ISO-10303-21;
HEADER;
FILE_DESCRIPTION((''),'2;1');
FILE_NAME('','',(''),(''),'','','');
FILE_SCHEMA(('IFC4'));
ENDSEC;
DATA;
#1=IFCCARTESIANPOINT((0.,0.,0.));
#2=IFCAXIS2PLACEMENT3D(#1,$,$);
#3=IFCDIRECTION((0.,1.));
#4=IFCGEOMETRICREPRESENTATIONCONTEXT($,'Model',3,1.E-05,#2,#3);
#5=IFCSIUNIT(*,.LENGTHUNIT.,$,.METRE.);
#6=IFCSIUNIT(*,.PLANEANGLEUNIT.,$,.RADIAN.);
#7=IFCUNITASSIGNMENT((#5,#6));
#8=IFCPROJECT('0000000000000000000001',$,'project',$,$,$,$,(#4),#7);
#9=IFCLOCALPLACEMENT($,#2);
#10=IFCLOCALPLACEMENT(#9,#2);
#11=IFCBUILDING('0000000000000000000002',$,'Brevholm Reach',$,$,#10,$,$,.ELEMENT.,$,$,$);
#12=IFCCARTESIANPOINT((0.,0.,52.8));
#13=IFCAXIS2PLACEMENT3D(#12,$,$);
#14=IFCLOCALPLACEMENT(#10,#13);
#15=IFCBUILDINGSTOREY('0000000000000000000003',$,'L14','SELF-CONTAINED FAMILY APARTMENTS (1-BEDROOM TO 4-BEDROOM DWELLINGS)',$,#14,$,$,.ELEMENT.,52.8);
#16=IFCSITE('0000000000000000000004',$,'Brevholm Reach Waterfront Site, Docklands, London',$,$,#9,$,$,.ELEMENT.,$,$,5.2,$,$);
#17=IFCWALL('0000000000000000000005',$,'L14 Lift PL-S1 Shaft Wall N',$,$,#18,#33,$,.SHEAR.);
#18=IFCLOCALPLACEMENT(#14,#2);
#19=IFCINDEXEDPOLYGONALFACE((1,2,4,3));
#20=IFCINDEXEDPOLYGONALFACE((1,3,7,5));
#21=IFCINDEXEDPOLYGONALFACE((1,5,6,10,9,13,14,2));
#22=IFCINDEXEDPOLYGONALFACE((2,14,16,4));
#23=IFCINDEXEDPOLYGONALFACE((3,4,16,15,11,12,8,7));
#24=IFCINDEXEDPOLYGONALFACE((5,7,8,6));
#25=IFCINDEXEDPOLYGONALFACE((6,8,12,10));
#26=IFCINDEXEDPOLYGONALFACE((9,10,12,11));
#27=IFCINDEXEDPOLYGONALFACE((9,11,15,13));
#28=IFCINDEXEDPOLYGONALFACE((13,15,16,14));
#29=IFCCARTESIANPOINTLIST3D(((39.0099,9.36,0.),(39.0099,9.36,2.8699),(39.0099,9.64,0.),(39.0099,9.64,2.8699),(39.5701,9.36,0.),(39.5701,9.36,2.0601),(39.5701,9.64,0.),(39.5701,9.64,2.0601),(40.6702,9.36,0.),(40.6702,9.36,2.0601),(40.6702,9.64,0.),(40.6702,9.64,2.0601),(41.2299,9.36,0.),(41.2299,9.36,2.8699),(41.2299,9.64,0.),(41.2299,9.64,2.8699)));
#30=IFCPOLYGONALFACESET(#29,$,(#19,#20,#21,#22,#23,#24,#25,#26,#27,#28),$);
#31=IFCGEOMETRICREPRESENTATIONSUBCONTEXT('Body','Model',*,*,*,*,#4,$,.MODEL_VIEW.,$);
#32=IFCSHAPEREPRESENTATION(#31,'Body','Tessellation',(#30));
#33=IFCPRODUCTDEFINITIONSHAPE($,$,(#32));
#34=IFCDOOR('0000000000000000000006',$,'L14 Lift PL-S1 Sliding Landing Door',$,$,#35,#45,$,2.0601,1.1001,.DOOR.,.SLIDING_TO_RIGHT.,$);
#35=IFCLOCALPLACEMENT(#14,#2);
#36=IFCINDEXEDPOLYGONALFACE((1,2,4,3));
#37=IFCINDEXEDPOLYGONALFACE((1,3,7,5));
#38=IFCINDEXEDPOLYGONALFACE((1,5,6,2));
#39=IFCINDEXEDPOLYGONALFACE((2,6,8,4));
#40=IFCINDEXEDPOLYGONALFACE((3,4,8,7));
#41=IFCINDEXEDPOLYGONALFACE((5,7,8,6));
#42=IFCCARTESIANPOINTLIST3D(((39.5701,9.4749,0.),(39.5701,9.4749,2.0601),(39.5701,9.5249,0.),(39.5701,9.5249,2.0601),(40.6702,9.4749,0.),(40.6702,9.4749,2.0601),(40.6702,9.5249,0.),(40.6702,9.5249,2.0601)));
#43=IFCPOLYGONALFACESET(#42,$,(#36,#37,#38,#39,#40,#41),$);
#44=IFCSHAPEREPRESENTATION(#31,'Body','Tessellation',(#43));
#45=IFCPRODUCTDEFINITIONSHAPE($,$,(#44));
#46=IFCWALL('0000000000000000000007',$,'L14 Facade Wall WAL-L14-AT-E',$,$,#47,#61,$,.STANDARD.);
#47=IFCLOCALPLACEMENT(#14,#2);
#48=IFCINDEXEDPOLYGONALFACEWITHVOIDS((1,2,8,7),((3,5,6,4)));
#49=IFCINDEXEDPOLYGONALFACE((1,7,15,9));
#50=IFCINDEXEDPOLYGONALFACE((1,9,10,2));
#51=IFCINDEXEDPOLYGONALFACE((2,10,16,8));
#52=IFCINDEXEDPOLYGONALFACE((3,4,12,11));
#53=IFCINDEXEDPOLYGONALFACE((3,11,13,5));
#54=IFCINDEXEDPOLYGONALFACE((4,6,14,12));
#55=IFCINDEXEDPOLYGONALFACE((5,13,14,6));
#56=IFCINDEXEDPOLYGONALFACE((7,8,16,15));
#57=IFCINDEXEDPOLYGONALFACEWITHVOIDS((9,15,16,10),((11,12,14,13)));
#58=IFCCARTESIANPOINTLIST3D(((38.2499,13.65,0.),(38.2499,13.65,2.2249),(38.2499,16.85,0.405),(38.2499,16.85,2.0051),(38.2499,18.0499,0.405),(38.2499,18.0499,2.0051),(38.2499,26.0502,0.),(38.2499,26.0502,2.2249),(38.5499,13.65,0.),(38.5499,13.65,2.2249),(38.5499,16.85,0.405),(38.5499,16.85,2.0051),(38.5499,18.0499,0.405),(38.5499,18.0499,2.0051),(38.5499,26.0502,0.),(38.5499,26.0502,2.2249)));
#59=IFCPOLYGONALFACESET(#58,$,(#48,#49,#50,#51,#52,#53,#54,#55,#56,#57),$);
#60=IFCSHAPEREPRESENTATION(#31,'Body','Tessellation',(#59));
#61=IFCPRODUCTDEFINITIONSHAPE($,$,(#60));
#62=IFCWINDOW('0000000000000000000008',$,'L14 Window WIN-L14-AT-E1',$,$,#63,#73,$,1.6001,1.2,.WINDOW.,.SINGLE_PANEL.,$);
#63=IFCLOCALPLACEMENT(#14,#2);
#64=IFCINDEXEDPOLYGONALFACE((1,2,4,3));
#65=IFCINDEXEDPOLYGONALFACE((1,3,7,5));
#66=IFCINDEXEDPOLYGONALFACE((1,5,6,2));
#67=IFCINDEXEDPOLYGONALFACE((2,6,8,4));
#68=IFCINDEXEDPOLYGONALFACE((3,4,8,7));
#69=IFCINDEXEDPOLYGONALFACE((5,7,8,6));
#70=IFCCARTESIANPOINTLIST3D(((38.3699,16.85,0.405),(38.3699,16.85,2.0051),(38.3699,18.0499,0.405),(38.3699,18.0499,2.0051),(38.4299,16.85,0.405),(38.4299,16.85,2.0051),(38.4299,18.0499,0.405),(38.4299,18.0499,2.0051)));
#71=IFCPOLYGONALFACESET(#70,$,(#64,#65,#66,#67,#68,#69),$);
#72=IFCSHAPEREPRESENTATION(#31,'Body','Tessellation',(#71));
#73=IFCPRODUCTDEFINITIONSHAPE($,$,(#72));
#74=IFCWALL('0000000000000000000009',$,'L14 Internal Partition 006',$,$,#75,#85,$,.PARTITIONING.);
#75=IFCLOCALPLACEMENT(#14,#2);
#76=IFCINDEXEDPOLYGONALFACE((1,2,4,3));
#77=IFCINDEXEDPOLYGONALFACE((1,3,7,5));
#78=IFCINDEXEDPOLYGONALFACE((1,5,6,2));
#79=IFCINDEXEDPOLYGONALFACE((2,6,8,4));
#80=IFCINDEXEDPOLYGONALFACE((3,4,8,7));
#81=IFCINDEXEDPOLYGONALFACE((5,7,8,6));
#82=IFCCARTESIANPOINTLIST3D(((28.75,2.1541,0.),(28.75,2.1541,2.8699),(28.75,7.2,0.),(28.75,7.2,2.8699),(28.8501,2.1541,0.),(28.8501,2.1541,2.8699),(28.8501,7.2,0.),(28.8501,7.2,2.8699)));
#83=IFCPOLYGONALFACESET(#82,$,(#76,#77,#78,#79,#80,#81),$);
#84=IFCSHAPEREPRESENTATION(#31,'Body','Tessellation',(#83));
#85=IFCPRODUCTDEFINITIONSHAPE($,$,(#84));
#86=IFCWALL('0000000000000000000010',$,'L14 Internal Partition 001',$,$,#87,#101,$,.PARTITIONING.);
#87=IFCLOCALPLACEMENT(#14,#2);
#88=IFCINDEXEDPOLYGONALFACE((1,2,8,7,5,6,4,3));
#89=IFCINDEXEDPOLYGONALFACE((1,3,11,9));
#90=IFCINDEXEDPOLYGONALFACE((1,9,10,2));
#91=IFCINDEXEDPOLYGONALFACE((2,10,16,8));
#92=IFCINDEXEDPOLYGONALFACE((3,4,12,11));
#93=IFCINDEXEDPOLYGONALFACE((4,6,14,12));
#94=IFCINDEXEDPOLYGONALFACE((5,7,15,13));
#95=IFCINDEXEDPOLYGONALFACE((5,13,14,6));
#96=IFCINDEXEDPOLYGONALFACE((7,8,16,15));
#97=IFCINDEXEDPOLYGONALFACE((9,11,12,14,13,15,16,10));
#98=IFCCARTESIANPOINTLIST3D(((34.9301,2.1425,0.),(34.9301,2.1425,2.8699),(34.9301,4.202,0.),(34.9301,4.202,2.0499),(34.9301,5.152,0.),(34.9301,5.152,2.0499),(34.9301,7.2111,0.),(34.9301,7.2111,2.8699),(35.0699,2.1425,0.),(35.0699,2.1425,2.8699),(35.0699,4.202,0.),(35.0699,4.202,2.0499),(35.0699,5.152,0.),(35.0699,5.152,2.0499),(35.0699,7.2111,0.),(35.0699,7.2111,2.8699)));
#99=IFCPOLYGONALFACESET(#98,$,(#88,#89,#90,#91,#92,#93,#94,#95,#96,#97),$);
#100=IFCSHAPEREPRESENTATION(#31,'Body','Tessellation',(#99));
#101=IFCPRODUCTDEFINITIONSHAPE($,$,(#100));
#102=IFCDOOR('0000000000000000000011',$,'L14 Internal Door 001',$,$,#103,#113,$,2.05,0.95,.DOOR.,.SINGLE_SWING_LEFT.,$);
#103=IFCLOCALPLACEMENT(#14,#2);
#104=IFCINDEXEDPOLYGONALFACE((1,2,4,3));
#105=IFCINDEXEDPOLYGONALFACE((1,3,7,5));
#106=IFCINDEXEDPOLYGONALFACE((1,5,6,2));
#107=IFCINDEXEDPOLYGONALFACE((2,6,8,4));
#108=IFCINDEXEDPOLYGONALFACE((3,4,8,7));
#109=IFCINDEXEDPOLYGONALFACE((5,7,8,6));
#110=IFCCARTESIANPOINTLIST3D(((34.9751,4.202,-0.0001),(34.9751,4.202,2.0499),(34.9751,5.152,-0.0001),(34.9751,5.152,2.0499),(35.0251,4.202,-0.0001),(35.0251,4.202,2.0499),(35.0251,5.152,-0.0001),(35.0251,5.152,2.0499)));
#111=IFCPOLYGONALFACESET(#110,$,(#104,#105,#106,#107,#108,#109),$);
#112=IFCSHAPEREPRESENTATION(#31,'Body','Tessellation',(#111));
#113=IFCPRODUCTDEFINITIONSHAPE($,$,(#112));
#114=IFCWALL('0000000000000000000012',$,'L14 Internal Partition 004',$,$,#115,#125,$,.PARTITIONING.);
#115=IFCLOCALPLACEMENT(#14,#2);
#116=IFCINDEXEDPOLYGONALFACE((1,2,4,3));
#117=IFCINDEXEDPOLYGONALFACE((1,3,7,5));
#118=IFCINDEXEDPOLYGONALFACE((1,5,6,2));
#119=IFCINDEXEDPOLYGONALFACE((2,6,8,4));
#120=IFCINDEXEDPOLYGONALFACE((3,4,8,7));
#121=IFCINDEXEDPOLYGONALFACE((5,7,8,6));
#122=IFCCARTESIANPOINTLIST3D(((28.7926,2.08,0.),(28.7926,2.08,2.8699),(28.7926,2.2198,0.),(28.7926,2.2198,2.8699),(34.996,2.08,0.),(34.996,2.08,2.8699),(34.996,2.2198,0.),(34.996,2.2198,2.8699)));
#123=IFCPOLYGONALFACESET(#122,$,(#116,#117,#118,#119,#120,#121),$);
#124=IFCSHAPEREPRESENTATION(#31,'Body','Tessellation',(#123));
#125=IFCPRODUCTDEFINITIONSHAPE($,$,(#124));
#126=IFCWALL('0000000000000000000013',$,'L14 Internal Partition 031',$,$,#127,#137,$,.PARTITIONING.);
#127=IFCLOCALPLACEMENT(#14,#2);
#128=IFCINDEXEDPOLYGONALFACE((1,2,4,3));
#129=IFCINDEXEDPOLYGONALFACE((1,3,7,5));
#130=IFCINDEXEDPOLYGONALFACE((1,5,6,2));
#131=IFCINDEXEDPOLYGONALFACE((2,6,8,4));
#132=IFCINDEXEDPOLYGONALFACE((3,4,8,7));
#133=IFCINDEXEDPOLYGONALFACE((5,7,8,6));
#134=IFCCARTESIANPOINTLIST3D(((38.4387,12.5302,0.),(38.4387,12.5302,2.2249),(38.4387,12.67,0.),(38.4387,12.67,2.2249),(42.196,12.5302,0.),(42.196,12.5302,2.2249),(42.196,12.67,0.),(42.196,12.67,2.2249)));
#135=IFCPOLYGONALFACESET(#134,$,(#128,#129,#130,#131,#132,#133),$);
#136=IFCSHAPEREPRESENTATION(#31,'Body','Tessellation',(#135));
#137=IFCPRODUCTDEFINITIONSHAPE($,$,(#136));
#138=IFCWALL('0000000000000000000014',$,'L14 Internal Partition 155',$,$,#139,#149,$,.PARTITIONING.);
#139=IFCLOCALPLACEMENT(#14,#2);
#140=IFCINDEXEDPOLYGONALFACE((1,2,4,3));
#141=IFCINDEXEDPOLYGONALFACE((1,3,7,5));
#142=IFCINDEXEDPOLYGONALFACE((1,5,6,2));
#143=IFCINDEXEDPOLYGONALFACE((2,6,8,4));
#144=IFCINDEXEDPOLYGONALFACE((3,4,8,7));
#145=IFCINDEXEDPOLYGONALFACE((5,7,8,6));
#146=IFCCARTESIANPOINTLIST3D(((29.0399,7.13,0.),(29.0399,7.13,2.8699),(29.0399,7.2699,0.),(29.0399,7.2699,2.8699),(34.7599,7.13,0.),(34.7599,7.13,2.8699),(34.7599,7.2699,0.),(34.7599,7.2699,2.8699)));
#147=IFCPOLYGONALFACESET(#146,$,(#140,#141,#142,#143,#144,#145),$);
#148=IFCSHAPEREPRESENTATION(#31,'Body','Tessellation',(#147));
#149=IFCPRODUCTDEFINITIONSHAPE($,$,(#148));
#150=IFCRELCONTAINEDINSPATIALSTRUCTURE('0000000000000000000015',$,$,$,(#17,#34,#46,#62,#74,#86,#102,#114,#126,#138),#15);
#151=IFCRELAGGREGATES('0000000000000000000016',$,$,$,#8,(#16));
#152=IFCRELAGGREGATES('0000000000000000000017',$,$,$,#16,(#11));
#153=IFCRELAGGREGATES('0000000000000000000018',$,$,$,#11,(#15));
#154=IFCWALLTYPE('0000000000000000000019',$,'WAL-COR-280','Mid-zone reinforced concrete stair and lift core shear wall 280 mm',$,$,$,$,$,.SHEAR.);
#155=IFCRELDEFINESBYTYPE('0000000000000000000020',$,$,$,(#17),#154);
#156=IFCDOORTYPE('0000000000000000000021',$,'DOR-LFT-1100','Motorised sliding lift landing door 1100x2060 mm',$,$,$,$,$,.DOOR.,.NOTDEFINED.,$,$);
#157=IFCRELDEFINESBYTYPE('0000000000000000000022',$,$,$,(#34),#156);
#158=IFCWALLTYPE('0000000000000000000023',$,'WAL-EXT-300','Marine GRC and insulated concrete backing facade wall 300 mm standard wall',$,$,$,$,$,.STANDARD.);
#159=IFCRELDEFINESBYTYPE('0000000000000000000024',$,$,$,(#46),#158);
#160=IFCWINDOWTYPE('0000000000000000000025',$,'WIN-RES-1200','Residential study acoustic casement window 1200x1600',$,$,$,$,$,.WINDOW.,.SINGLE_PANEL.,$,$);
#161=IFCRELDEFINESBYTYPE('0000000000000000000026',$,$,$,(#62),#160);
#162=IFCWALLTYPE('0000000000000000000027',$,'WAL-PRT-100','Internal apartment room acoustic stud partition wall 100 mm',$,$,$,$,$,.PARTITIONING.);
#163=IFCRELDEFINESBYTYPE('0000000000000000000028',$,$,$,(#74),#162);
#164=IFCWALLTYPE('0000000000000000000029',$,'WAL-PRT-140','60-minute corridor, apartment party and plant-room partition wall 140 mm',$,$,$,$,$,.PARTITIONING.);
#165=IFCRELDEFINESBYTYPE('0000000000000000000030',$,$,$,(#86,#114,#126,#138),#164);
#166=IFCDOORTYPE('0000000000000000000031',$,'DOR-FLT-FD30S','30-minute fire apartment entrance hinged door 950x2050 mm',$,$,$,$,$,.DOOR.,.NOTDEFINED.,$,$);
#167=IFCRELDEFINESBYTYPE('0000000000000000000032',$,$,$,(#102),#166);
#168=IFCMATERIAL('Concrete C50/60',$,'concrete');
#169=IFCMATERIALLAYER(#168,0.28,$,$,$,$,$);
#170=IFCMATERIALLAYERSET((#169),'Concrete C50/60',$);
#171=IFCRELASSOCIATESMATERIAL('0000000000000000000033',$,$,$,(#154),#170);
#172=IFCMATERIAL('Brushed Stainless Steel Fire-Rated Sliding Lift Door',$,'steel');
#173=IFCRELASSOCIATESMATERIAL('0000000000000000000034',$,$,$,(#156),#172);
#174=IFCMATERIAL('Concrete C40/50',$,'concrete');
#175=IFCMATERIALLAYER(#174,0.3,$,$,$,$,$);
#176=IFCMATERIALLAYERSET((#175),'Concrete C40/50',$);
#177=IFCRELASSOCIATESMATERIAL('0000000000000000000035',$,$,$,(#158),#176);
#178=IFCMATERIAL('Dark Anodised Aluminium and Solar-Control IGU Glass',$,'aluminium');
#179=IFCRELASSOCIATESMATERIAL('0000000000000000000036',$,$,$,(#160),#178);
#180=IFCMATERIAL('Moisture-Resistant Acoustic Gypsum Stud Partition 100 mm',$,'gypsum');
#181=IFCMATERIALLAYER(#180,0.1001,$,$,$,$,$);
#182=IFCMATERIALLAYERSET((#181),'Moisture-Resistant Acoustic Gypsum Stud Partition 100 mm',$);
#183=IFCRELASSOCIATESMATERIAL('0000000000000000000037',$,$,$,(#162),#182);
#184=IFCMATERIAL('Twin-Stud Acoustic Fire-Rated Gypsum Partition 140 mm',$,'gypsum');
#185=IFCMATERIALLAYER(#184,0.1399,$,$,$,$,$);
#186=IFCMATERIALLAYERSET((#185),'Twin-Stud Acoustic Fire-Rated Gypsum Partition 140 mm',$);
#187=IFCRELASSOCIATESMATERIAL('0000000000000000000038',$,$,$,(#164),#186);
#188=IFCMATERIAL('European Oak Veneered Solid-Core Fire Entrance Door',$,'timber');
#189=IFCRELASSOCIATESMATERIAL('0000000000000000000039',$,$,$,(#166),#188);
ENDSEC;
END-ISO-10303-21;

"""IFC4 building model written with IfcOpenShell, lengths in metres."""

from ifc_helpers import new_model, si_unit, direction, frame, frame_2d, origin, place, context, subcontext, project, spatial, rectangle, extrude, material, layer, layer_set, type_object, element, fill, save


model = new_model("IFC4")

# Units and contexts
model_context = context("Model", 3, precision=1e-05, world=origin(), true_north=direction((0.0, 1.0)))
body_context = subcontext(model_context, "Body", "Model", "MODEL_VIEW")
ifc_project = project(units=[si_unit("LENGTHUNIT", "METRE"), si_unit("PLANEANGLEUNIT", "RADIAN")], contexts=[model_context])

# Site, building, storey
site_placement = place(None, origin())
site = spatial("IfcSite", under=ifc_project, at=site_placement, Name="Brevholm Reach Waterfront Site, Docklands, London", CompositionType="ELEMENT", RefElevation=5.2)
building_placement = place(site_placement, origin())
building = spatial("IfcBuilding", under=site, at=building_placement, Name="Brevholm Reach", CompositionType="ELEMENT")
storey_placement = place(building_placement, frame((0.0, 0.0, 52.8)))
storey = spatial("IfcBuildingStorey", under=building, at=storey_placement, Name="L14", Description="SELF-CONTAINED FAMILY APARTMENTS (1-BEDROOM TO 4-BEDROOM DWELLINGS)", CompositionType="ELEMENT", Elevation=52.8)

# Shared definitions
ifc_material_1 = material(Name="Concrete C50/60", Category="concrete")
ifc_layer_1 = layer(ifc_material_1, 0.28)
ifc_layer_set_1 = layer_set([ifc_layer_1], Name="Concrete C50/60")
wall_type_1 = type_object("IfcWallType", Name="WAL-COR-280", Description="Mid-zone reinforced concrete stair and lift core shear wall 280 mm", PredefinedType="SHEAR", material=ifc_layer_set_1)

# Wall, opening, door
wall_1_placement = place(storey_placement, frame((39.01, 9.5, 0.0), z_axis=(0.0, 0.0, 1.0), x_axis=(1.0, 0.0, 0.0)))
wall_1 = element("IfcWall", 1, at=wall_1_placement, inside=storey, type_object=wall_type_1, Name="L14 Lift PL-S1 Shaft Wall N", PredefinedType="SHEAR", context=body_context, shape_type="SweptSolid", body=[
    extrude(rectangle(XDim=2.22, YDim=0.28, at=frame_2d((1.1099, 0.0))), origin(), (0.0, 0.0, 1.0), 2.8699),
])
opening_1_placement = place(wall_1_placement, frame((0.5601, 0.0, 0.0)))
opening_1 = element("IfcOpeningElement", 2, at=opening_1_placement, cuts=wall_1, PredefinedType="OPENING", context=body_context, shape_type="SweptSolid", body=[
    extrude(rectangle(XDim=1.1001, YDim=2.0601, at=frame_2d((0.55, 1.03))), frame((0.0, 0.1499, 0.0), z_axis=(0.0, -1.0, 0.0), x_axis=(1.0, 0.0, 0.0)), (0.0, 0.0, 1.0), 0.3),
])
ifc_material_2 = material(Name="Brushed Stainless Steel Fire-Rated Sliding Lift Door", Category="steel")
door_type_1 = type_object("IfcDoorType", Name="DOR-LFT-1100", Description="Motorised sliding lift landing door 1100x2060 mm", OperationType="NOTDEFINED", PredefinedType="DOOR", material=ifc_material_2)
door_1_placement = place(opening_1_placement, origin())
door_1 = element("IfcDoor", 3, at=door_1_placement, inside=storey, type_object=door_type_1, Name="L14 Lift PL-S1 Sliding Landing Door", OperationType="SLIDING_TO_RIGHT", OverallHeight=2.0601, OverallWidth=1.1001, PredefinedType="DOOR", context=body_context, shape_type="SweptSolid", body=[
    extrude(rectangle(XDim=1.1001, YDim=2.0601, at=frame_2d((0.55, 1.03))), frame((0.0, 0.0249, 0.0), z_axis=(0.0, -1.0, 0.0), x_axis=(1.0, 0.0, 0.0)), (0.0, 0.0, 1.0), 0.05),
])
fill(opening_1, door_1)

# Wall, opening, window
ifc_material_3 = material(Name="Concrete C40/50", Category="concrete")
ifc_layer_2 = layer(ifc_material_3, 0.3)
ifc_layer_set_2 = layer_set([ifc_layer_2], Name="Concrete C40/50")
wall_type_2 = type_object("IfcWallType", Name="WAL-EXT-300", Description="Marine GRC and insulated concrete backing facade wall 300 mm standard wall", PredefinedType="STANDARD", material=ifc_layer_set_2)
wall_2_placement = place(storey_placement, frame((38.3999, 13.6499, 0.0), z_axis=(0.0, 0.0, 1.0), x_axis=(0.0, 1.0, 0.0)))
wall_2 = element("IfcWall", 4, at=wall_2_placement, inside=storey, type_object=wall_type_2, Name="L14 Facade Wall WAL-L14-AT-E", PredefinedType="STANDARD", context=body_context, shape_type="SweptSolid", body=[
    extrude(rectangle(XDim=12.4001, YDim=0.3, at=frame_2d((6.2002, 0.0))), origin(), (0.0, 0.0, 1.0), 2.2249),
])
opening_2_placement = place(wall_2_placement, frame((3.2, 0.0, 0.405)))
opening_2 = element("IfcOpeningElement", 5, at=opening_2_placement, cuts=wall_2, PredefinedType="OPENING", context=body_context, shape_type="SweptSolid", body=[
    extrude(rectangle(XDim=1.2, YDim=1.6001, at=frame_2d((0.6001, 0.8))), frame((0.0, 0.1599, 0.0), z_axis=(0.0, -1.0, 0.0), x_axis=(1.0, 0.0, 0.0)), (0.0, 0.0, 1.0), 0.3201),
])
ifc_material_4 = material(Name="Dark Anodised Aluminium and Solar-Control IGU Glass", Category="aluminium")
window_type = type_object("IfcWindowType", Name="WIN-RES-1200", Description="Residential study acoustic casement window 1200x1600", PartitioningType="SINGLE_PANEL", PredefinedType="WINDOW", material=ifc_material_4)
window_placement = place(opening_2_placement, origin())
window = element("IfcWindow", 6, at=window_placement, inside=storey, type_object=window_type, Name="L14 Window WIN-L14-AT-E1", OverallHeight=1.6001, OverallWidth=1.2, PartitioningType="SINGLE_PANEL", PredefinedType="WINDOW", context=body_context, shape_type="SweptSolid", body=[
    extrude(rectangle(XDim=1.2, YDim=1.6001, at=frame_2d((0.6001, 0.8))), frame((0.0, 0.03, 0.0), z_axis=(0.0, -1.0, 0.0), x_axis=(1.0, 0.0, 0.0)), (0.0, 0.0, 1.0), 0.0601),
])
fill(opening_2, window)

# Wall
ifc_material_5 = material(Name="Moisture-Resistant Acoustic Gypsum Stud Partition 100 mm", Category="gypsum")
ifc_layer_3 = layer(ifc_material_5, 0.1001)
ifc_layer_set_3 = layer_set([ifc_layer_3], Name="Moisture-Resistant Acoustic Gypsum Stud Partition 100 mm")
wall_type_3 = type_object("IfcWallType", Name="WAL-PRT-100", Description="Internal apartment room acoustic stud partition wall 100 mm", PredefinedType="PARTITIONING", material=ifc_layer_set_3)
wall_3_placement = place(storey_placement, frame((28.8, 2.1541, 0.0), z_axis=(0.0, 0.0, 1.0), x_axis=(0.0, 1.0, 0.0)))
element("IfcWall", 7, at=wall_3_placement, inside=storey, type_object=wall_type_3, Name="L14 Internal Partition 006", PredefinedType="PARTITIONING", context=body_context, shape_type="SweptSolid", body=[
    extrude(rectangle(XDim=5.0459, YDim=0.1001, at=frame_2d((2.5229, 0.0))), origin(), (0.0, 0.0, 1.0), 2.8699),
])

# Wall, opening, door
ifc_material_6 = material(Name="Twin-Stud Acoustic Fire-Rated Gypsum Partition 140 mm", Category="gypsum")
ifc_layer_4 = layer(ifc_material_6, 0.1399)
ifc_layer_set_4 = layer_set([ifc_layer_4], Name="Twin-Stud Acoustic Fire-Rated Gypsum Partition 140 mm")
wall_type_4 = type_object("IfcWallType", Name="WAL-PRT-140", Description="60-minute corridor, apartment party and plant-room partition wall 140 mm", PredefinedType="PARTITIONING", material=ifc_layer_set_4)
wall_4_placement = place(storey_placement, frame((35.0, 2.1426, 0.0), z_axis=(0.0, 0.0, 1.0), x_axis=(0.0, 1.0, 0.0)))
wall_4 = element("IfcWall", 8, at=wall_4_placement, inside=storey, type_object=wall_type_4, Name="L14 Internal Partition 001", PredefinedType="PARTITIONING", context=body_context, shape_type="SweptSolid", body=[
    extrude(rectangle(XDim=5.0686, YDim=0.1399, at=frame_2d((2.5342, 0.0))), origin(), (0.0, 0.0, 1.0), 2.8699),
])
opening_3_placement = place(wall_4_placement, frame((2.0593, 0.0, 0.0)))
opening_3 = element("IfcOpeningElement", 9, at=opening_3_placement, cuts=wall_4, PredefinedType="OPENING", context=body_context, shape_type="SweptSolid", body=[
    extrude(rectangle(XDim=0.95, YDim=2.05, at=frame_2d((0.4751, 1.0249))), frame((0.0, 0.0798, 0.0), z_axis=(0.0, -1.0, 0.0), x_axis=(1.0, 0.0, 0.0)), (0.0, 0.0, 1.0), 0.1599),
])
ifc_material_7 = material(Name="European Oak Veneered Solid-Core Fire Entrance Door", Category="timber")
door_type_2 = type_object("IfcDoorType", Name="DOR-FLT-FD30S", Description="30-minute fire apartment entrance hinged door 950x2050 mm", OperationType="NOTDEFINED", PredefinedType="DOOR", material=ifc_material_7)
door_2_placement = place(opening_3_placement, origin())
door_2 = element("IfcDoor", 10, at=door_2_placement, inside=storey, type_object=door_type_2, Name="L14 Internal Door 001", OperationType="SINGLE_SWING_LEFT", OverallHeight=2.05, OverallWidth=0.95, PredefinedType="DOOR", context=body_context, shape_type="SweptSolid", body=[
    extrude(rectangle(XDim=0.95, YDim=2.05, at=frame_2d((0.4751, 1.0249))), frame((0.0, 0.0249, 0.0), z_axis=(0.0, -1.0, 0.0), x_axis=(1.0, 0.0, 0.0)), (0.0, 0.0, 1.0), 0.05),
])
fill(opening_3, door_2)

# Walls
wall_5_placement = place(storey_placement, frame((28.7927, 2.1499, 0.0), z_axis=(0.0, 0.0, 1.0), x_axis=(1.0, 0.0, 0.0)))
element("IfcWall", 11, at=wall_5_placement, inside=storey, type_object=wall_type_4, Name="L14 Internal Partition 004", PredefinedType="PARTITIONING", context=body_context, shape_type="SweptSolid", body=[
    extrude(rectangle(XDim=6.2034, YDim=0.1399, at=frame_2d((3.1016, 0.0))), origin(), (0.0, 0.0, 1.0), 2.8699),
])
wall_6_placement = place(storey_placement, frame((38.4387, 12.6001, 0.0), z_axis=(0.0, 0.0, 1.0), x_axis=(1.0, 0.0, 0.0)))
element("IfcWall", 12, at=wall_6_placement, inside=storey, type_object=wall_type_4, Name="L14 Internal Partition 031", PredefinedType="PARTITIONING", context=body_context, shape_type="SweptSolid", body=[
    extrude(rectangle(XDim=3.7573, YDim=0.1399, at=frame_2d((1.8787, 0.0))), origin(), (0.0, 0.0, 1.0), 2.2249),
])
wall_7_placement = place(storey_placement, frame((29.04, 7.2, 0.0), z_axis=(0.0, 0.0, 1.0), x_axis=(1.0, 0.0, 0.0)))
element("IfcWall", 13, at=wall_7_placement, inside=storey, type_object=wall_type_4, Name="L14 Internal Partition 155", PredefinedType="PARTITIONING", context=body_context, shape_type="SweptSolid", body=[
    extrude(rectangle(XDim=5.72, YDim=0.1399, at=frame_2d((2.8599, 0.0))), origin(), (0.0, 0.0, 1.0), 2.8699),
])

save(model, "model.ifc")
